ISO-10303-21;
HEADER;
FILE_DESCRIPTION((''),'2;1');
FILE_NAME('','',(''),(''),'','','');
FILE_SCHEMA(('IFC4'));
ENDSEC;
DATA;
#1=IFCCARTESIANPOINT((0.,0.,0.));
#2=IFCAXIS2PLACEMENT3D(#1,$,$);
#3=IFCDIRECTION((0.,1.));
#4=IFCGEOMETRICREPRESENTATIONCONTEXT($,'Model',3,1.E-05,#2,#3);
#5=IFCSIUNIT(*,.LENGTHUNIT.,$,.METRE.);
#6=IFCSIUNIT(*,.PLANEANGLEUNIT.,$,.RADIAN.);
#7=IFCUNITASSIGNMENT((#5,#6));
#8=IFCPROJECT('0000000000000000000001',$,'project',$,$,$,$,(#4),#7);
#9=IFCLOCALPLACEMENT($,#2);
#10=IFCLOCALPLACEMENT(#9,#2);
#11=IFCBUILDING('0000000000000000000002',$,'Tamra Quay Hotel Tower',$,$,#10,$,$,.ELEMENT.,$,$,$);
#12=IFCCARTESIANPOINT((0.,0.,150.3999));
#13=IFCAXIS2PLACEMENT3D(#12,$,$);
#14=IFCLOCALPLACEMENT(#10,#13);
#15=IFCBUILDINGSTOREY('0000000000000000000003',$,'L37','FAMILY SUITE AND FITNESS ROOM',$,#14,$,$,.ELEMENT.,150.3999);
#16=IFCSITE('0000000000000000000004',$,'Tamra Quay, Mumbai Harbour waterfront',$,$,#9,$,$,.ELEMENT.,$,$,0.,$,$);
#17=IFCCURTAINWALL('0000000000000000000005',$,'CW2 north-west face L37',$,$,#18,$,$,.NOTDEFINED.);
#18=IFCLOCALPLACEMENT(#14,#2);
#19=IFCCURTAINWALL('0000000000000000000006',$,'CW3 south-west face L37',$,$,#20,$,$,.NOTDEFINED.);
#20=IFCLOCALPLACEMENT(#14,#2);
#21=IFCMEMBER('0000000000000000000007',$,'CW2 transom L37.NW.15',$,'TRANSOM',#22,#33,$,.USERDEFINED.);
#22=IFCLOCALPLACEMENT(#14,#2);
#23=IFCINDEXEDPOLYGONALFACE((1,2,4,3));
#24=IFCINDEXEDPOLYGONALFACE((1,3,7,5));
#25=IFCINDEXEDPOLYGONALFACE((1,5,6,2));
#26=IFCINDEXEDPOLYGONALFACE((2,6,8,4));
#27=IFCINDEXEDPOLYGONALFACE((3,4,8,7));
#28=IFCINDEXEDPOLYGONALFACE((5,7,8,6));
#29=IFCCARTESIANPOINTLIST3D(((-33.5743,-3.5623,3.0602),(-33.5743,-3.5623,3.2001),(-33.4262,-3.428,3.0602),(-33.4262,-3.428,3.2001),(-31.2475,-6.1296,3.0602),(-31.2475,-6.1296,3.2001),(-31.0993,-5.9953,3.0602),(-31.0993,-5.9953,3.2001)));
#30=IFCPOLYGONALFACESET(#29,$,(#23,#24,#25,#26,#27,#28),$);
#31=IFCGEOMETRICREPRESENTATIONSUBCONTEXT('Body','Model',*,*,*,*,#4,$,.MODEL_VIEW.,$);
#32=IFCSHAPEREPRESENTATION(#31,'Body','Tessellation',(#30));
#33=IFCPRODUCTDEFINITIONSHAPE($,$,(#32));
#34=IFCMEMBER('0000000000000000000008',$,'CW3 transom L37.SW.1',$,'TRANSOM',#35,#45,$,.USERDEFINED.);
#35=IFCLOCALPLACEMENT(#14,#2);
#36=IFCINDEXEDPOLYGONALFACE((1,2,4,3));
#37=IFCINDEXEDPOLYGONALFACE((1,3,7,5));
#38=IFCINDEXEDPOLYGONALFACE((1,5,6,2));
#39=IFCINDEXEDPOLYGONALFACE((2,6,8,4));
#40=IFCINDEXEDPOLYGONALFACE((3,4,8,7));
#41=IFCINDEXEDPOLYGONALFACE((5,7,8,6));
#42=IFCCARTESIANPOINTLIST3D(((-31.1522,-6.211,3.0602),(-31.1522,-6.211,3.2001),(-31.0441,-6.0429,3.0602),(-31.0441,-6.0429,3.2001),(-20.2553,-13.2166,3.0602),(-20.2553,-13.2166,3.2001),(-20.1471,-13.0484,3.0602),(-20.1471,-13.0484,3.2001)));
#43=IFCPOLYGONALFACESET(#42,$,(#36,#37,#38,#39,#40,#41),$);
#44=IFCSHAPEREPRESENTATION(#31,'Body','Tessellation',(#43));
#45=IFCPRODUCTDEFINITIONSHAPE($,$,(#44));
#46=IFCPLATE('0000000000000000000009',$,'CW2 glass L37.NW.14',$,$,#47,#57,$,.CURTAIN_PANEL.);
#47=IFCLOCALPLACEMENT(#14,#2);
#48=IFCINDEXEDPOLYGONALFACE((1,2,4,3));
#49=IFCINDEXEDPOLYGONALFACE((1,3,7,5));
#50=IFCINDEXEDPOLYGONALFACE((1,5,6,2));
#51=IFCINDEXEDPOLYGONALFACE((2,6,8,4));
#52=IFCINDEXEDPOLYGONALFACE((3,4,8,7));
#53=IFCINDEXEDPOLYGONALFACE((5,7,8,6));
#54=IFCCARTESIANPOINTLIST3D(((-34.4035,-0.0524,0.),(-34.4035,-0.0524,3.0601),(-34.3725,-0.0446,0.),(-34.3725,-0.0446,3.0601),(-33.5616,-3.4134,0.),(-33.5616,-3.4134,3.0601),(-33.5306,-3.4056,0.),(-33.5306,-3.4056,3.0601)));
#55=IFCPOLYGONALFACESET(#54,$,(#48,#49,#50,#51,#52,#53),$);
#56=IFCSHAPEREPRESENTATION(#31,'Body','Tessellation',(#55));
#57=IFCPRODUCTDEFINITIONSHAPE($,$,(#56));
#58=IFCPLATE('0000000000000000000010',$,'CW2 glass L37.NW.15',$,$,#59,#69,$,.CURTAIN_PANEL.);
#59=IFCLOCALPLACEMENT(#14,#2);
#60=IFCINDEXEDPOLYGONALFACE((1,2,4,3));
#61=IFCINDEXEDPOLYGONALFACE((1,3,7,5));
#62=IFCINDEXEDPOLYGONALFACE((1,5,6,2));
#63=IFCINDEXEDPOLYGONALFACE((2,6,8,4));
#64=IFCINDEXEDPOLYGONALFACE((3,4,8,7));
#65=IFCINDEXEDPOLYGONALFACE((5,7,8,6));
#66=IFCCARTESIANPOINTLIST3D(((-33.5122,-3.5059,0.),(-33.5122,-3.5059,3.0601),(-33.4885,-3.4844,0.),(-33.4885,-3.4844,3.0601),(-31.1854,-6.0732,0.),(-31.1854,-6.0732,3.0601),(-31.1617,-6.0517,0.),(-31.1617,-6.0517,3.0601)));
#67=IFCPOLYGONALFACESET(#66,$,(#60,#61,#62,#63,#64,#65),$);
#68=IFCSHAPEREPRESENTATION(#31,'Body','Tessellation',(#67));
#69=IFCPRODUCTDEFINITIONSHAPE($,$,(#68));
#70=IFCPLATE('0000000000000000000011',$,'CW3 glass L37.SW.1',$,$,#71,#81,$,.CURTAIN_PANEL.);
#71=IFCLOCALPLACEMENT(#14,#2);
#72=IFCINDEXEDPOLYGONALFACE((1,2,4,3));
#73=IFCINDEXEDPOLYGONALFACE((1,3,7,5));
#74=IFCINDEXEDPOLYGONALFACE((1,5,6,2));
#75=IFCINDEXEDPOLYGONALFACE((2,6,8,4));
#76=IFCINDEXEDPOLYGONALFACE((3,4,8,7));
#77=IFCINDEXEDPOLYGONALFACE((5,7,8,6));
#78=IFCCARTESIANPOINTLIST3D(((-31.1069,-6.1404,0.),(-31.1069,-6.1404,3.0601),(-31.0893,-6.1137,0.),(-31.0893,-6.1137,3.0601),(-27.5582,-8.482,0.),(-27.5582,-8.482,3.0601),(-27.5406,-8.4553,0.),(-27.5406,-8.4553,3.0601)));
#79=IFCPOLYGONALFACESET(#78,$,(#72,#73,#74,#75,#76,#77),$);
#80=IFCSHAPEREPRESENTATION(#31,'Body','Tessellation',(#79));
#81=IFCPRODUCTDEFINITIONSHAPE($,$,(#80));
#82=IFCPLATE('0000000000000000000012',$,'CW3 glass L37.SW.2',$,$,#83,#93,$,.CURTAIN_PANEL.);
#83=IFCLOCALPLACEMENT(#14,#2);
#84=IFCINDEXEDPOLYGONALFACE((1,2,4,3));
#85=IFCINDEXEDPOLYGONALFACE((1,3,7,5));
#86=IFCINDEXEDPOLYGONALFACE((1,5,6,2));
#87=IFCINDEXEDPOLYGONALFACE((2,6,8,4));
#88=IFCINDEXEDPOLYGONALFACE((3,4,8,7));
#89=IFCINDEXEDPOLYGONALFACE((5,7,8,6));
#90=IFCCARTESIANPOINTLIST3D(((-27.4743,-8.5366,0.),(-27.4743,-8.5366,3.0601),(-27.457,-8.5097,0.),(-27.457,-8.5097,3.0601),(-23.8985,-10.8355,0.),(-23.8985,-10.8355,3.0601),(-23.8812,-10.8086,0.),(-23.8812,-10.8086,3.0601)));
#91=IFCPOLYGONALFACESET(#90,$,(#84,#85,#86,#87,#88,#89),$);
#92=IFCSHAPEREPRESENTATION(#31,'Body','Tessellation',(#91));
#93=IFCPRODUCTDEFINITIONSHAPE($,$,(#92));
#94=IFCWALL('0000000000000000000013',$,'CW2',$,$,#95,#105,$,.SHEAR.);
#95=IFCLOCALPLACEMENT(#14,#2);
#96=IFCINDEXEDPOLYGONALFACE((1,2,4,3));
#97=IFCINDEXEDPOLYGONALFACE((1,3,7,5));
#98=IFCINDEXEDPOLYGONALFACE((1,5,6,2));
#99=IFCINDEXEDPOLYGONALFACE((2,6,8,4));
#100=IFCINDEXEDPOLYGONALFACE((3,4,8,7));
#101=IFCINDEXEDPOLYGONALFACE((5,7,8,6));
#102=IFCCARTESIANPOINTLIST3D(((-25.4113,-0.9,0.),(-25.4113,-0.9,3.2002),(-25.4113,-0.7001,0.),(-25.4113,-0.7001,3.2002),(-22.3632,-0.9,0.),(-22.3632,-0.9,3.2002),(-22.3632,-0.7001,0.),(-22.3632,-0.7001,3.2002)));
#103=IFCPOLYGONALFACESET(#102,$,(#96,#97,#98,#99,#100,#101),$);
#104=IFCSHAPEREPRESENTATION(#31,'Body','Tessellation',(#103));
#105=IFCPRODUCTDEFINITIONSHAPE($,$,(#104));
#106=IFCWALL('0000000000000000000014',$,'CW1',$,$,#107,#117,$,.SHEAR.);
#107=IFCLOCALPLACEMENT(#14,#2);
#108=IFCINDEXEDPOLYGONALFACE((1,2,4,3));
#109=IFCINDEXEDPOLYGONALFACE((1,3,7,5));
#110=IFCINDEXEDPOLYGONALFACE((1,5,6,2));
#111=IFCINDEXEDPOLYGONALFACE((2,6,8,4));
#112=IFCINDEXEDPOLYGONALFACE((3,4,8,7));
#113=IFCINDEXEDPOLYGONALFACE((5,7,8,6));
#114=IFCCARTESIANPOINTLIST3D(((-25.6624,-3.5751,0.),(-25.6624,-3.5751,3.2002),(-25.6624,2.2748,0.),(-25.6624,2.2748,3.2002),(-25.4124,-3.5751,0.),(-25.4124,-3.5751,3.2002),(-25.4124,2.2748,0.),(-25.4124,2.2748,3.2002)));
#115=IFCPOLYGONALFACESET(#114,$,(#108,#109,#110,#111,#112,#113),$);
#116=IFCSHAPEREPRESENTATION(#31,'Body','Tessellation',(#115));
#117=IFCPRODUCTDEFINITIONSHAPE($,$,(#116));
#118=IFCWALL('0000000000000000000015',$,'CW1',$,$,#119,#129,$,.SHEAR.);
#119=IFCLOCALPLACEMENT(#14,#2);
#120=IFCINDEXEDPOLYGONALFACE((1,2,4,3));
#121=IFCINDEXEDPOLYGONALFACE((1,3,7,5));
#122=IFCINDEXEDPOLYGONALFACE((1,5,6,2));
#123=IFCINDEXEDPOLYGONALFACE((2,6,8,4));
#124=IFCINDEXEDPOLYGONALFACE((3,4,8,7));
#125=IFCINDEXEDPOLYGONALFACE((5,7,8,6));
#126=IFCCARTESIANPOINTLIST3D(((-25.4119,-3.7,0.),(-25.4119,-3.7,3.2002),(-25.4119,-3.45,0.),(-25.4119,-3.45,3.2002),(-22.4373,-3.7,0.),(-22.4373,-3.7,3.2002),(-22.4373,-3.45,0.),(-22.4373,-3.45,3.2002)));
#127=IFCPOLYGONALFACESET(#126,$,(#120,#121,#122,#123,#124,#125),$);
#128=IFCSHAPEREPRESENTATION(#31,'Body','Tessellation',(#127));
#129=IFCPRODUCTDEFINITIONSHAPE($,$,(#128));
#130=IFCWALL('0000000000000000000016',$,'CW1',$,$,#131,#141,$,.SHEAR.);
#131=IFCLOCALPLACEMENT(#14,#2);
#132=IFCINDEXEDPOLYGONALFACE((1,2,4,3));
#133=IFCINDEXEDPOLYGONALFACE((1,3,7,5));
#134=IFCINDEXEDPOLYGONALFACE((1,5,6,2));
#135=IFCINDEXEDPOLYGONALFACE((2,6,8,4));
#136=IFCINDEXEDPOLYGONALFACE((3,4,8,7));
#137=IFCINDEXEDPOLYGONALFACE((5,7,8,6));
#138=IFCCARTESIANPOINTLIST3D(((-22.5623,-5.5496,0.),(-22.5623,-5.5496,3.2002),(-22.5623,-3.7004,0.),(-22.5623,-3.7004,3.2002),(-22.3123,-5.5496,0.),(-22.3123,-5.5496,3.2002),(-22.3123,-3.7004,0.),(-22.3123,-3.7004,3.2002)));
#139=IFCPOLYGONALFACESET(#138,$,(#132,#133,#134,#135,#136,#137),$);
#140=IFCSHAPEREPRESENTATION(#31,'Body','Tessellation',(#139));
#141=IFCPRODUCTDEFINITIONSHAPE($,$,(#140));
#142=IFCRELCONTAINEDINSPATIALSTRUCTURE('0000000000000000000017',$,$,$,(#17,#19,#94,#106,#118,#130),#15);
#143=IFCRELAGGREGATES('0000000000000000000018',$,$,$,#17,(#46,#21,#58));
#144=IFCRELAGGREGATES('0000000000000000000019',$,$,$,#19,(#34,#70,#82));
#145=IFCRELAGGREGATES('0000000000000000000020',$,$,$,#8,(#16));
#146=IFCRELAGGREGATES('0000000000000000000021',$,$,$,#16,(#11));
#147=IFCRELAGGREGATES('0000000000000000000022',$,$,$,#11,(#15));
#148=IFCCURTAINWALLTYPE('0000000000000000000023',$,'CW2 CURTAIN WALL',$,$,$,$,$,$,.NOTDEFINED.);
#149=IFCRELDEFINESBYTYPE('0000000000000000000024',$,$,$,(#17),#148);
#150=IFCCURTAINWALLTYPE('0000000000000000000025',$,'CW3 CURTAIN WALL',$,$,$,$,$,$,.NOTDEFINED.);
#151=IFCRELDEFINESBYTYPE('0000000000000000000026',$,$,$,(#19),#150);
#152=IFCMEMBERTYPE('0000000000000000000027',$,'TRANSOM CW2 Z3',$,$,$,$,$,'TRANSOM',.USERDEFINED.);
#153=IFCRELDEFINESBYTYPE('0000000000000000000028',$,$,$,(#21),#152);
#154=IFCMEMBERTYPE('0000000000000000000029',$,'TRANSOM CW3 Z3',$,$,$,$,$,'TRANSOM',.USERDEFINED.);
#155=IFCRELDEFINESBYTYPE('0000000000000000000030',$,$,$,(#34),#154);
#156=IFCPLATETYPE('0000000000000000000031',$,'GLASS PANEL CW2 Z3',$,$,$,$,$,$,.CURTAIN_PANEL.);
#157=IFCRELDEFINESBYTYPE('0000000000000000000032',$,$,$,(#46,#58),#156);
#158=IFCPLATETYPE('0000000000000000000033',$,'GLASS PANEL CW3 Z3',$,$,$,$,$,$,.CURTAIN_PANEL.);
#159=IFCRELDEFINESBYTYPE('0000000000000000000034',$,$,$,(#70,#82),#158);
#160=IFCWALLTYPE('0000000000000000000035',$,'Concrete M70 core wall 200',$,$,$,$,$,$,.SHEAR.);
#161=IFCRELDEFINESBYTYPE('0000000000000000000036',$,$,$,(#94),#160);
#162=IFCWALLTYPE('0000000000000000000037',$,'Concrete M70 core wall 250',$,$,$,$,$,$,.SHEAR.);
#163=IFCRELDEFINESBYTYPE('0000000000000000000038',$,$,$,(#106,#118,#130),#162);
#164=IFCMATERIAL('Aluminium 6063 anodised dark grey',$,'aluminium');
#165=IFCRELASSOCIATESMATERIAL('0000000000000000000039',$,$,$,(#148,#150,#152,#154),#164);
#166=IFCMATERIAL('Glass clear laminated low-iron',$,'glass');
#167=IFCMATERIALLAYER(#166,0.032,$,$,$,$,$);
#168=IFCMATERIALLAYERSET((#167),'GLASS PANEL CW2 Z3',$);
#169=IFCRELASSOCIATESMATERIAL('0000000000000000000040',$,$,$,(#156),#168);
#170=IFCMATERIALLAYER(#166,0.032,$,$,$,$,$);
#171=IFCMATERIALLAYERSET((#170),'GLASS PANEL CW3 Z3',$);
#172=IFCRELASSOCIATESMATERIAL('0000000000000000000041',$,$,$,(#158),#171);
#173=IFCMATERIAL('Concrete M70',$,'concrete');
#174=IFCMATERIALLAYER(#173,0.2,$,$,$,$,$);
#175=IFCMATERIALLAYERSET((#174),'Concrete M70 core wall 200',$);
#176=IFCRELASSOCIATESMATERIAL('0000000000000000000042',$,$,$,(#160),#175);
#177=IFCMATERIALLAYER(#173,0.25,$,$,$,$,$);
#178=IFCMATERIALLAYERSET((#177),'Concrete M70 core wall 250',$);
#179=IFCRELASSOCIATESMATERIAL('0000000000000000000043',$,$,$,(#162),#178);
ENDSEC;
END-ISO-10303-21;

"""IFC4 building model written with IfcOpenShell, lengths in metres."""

from ifc_helpers import new_model, si_unit, direction, frame, frame_2d, origin, origin_2d, place, context, subcontext, project, spatial, rectangle, extrude, material, layer, layer_set, material_profile, profile_set, type_object, element, aggregate, save


model = new_model("IFC4")

# Units and contexts
model_context = context("Model", 3, precision=1e-05, world=origin(), true_north=direction((0.0, 1.0)))
body_context = subcontext(model_context, "Body", "Model", "MODEL_VIEW")
ifc_project = project(units=[si_unit("LENGTHUNIT", "METRE"), si_unit("PLANEANGLEUNIT", "RADIAN")], contexts=[model_context])

# Site, building, storey
site_placement = place(None, origin())
site = spatial("IfcSite", under=ifc_project, at=site_placement, Name="Tamra Quay, Mumbai Harbour waterfront", CompositionType="ELEMENT", RefElevation=0.0)
building_placement = place(site_placement, origin())
building = spatial("IfcBuilding", under=site, at=building_placement, Name="Tamra Quay Hotel Tower", CompositionType="ELEMENT")
storey_placement = place(building_placement, frame((0.0, 0.0, 150.3999)))
storey = spatial("IfcBuildingStorey", under=building, at=storey_placement, Name="L37", Description="FAMILY SUITE AND FITNESS ROOM", CompositionType="ELEMENT", Elevation=150.3999)

# Shared definitions
ifc_material_1 = material(Name="Concrete M70", Category="concrete")

# Curtain walls
ifc_material_2 = material(Name="Aluminium 6063 anodised dark grey", Category="aluminium")
curtain_wall_type_1 = type_object("IfcCurtainWallType", Name="CW2 CURTAIN WALL", PredefinedType="NOTDEFINED", material=ifc_material_2)
curtain_wall_1_placement = place(storey_placement, origin())
curtain_wall_1 = element("IfcCurtainWall", 1, at=curtain_wall_1_placement, inside=storey, type_object=curtain_wall_type_1, Name="CW2 north-west face L37", PredefinedType="NOTDEFINED")
curtain_wall_type_2 = type_object("IfcCurtainWallType", Name="CW3 CURTAIN WALL", PredefinedType="NOTDEFINED", material=ifc_material_2)
curtain_wall_2_placement = place(storey_placement, origin())
curtain_wall_2 = element("IfcCurtainWall", 2, at=curtain_wall_2_placement, inside=storey, type_object=curtain_wall_type_2, Name="CW3 south-west face L37", PredefinedType="NOTDEFINED")

# Members
ifc_material_profile_1 = material_profile(ifc_material_2, rectangle(XDim=0.2, YDim=0.1399, at=origin_2d()), Name="TRANSOM 200X140")
ifc_profile_set_1 = profile_set([ifc_material_profile_1], Name="Aluminium 6063 anodised dark grey")
member_type_1 = type_object("IfcMemberType", Name="TRANSOM CW2 Z3", ElementType="TRANSOM", PredefinedType="USERDEFINED", material=ifc_profile_set_1)
member_1_placement = place(storey_placement, frame((-33.5002, -3.4951, 3.1301), z_axis=(0.671553, -0.740956, 0.0), x_axis=(0.740956, 0.671553, 0.0)))
member_1 = element("IfcMember", 3, at=member_1_placement, type_object=member_type_1, Name="CW2 transom L37.NW.15", ObjectType="TRANSOM", PredefinedType="USERDEFINED", context=body_context, shape_type="SweptSolid", body=[
    extrude(rectangle(XDim=0.2, YDim=0.1399, at=origin_2d()), origin(), (0.0, 0.0, 1.0), 3.4648),
])
ifc_material_profile_2 = material_profile(ifc_material_2, rectangle(XDim=0.2, YDim=0.1399, at=origin_2d()), Name="TRANSOM 200X140")
ifc_profile_set_2 = profile_set([ifc_material_profile_2], Name="Aluminium 6063 anodised dark grey")
member_type_2 = type_object("IfcMemberType", Name="TRANSOM CW3 Z3", ElementType="TRANSOM", PredefinedType="USERDEFINED", material=ifc_profile_set_2)
member_2_placement = place(storey_placement, frame((-31.0981, -6.127, 3.1301), z_axis=(0.841164, -0.54078, 0.0), x_axis=(0.54078, 0.841164, 0.0)))
member_2 = element("IfcMember", 4, at=member_2_placement, type_object=member_type_2, Name="CW3 transom L37.SW.1", ObjectType="TRANSOM", PredefinedType="USERDEFINED", context=body_context, shape_type="SweptSolid", body=[
    extrude(rectangle(XDim=0.2, YDim=0.1399, at=origin_2d()), origin(), (0.0, 0.0, 1.0), 12.9546),
])

# Plates
ifc_material_3 = material(Name="Glass clear laminated low-iron", Category="glass")
ifc_layer_1 = layer(ifc_material_3, 0.032)
ifc_layer_set_1 = layer_set([ifc_layer_1], Name="GLASS PANEL CW2 Z3")
plate_type_1 = type_object("IfcPlateType", Name="GLASS PANEL CW2 Z3", PredefinedType="CURTAIN_PANEL", material=ifc_layer_set_1)
plate_1_placement = place(storey_placement, frame((-33.967, -1.729, 0.0), z_axis=(0.0, 0.0, 1.0), x_axis=(0.242976, -0.970032, 0.0)))
plate_1 = element("IfcPlate", 5, at=plate_1_placement, type_object=plate_type_1, Name="CW2 glass L37.NW.14", PredefinedType="CURTAIN_PANEL", context=body_context, shape_type="SweptSolid", body=[
    extrude(rectangle(XDim=3.4648, YDim=0.032, at=origin_2d()), origin(), (0.0, 0.0, 1.0), 3.0601),
])
plate_2_placement = place(storey_placement, frame((-32.3369, -4.7788, 0.0), z_axis=(0.0, 0.0, 1.0), x_axis=(0.67155, -0.740959, 0.0)))
plate_2 = element("IfcPlate", 6, at=plate_2_placement, type_object=plate_type_1, Name="CW2 glass L37.NW.15", PredefinedType="CURTAIN_PANEL", context=body_context, shape_type="SweptSolid", body=[
    extrude(rectangle(XDim=3.4648, YDim=0.032, at=origin_2d()), origin(), (0.0, 0.0, 1.0), 3.0601),
])
aggregate(curtain_wall_1, [plate_1, member_1, plate_2])
ifc_layer_2 = layer(ifc_material_3, 0.032)
ifc_layer_set_2 = layer_set([ifc_layer_2], Name="GLASS PANEL CW3 Z3")
plate_type_2 = type_object("IfcPlateType", Name="GLASS PANEL CW3 Z3", PredefinedType="CURTAIN_PANEL", material=ifc_layer_set_2)
plate_3_placement = place(storey_placement, frame((-29.3237, -7.2979, 0.0), z_axis=(0.0, 0.0, 1.0), x_axis=(0.834663, -0.550761, 0.0)))
plate_3 = element("IfcPlate", 7, at=plate_3_placement, type_object=plate_type_2, Name="CW3 glass L37.SW.1", PredefinedType="CURTAIN_PANEL", context=body_context, shape_type="SweptSolid", body=[
    extrude(rectangle(XDim=4.2517, YDim=0.032, at=origin_2d()), origin(), (0.0, 0.0, 1.0), 3.0601),
])
plate_4_placement = place(storey_placement, frame((-25.6777, -9.6726, 0.0), z_axis=(0.0, 0.0, 1.0), x_axis=(0.841164, -0.54078, 0.0)))
plate_4 = element("IfcPlate", 8, at=plate_4_placement, type_object=plate_type_2, Name="CW3 glass L37.SW.2", PredefinedType="CURTAIN_PANEL", context=body_context, shape_type="SweptSolid", body=[
    extrude(rectangle(XDim=4.251, YDim=0.032, at=origin_2d()), origin(), (0.0, 0.0, 1.0), 3.0601),
])
aggregate(curtain_wall_2, [member_2, plate_3, plate_4])

# Walls
ifc_layer_3 = layer(ifc_material_1, 0.2)
ifc_layer_set_3 = layer_set([ifc_layer_3], Name="Concrete M70 core wall 200")
wall_type_1 = type_object("IfcWallType", Name="Concrete M70 core wall 200", PredefinedType="SHEAR", material=ifc_layer_set_3)
wall_1_placement = place(storey_placement, frame((-22.3633, -0.8, 0.0), z_axis=(0.0, 0.0, 1.0), x_axis=(-1.0, 0.0, 0.0)))
element("IfcWall", 9, at=wall_1_placement, inside=storey, type_object=wall_type_1, Name="CW2", PredefinedType="SHEAR", context=body_context, shape_type="SweptSolid", body=[
    extrude(rectangle(XDim=3.0481, YDim=0.2, at=frame_2d((1.5239, 0.0))), origin(), (0.0, 0.0, 1.0), 3.2002),
])
ifc_layer_4 = layer(ifc_material_1, 0.25)
ifc_layer_set_4 = layer_set([ifc_layer_4], Name="Concrete M70 core wall 250")
wall_type_2 = type_object("IfcWallType", Name="Concrete M70 core wall 250", PredefinedType="SHEAR", material=ifc_layer_set_4)
wall_2_placement = place(storey_placement, frame((-25.5374, -3.575, 0.0), z_axis=(0.0, 0.0, 1.0), x_axis=(0.0, 1.0, 0.0)))
element("IfcWall", 10, at=wall_2_placement, inside=storey, type_object=wall_type_2, Name="CW1", PredefinedType="SHEAR", context=body_context, shape_type="SweptSolid", body=[
    extrude(rectangle(XDim=5.8499, YDim=0.25, at=frame_2d((2.9248, 0.0))), origin(), (0.0, 0.0, 1.0), 3.2002),
])
wall_3_placement = place(storey_placement, frame((-22.4373, -3.575, 0.0), z_axis=(0.0, 0.0, 1.0), x_axis=(-1.0, 0.0, 0.0)))
element("IfcWall", 11, at=wall_3_placement, inside=storey, type_object=wall_type_2, Name="CW1", PredefinedType="SHEAR", context=body_context, shape_type="SweptSolid", body=[
    extrude(rectangle(XDim=2.9746, YDim=0.25, at=frame_2d((1.4873, 0.0))), origin(), (0.0, 0.0, 1.0), 3.2002),
])
wall_4_placement = place(storey_placement, frame((-22.4373, -5.5496, 0.0), z_axis=(0.0, 0.0, 1.0), x_axis=(0.0, 1.0, 0.0)))
element("IfcWall", 12, at=wall_4_placement, inside=storey, type_object=wall_type_2, Name="CW1", PredefinedType="SHEAR", context=body_context, shape_type="SweptSolid", body=[
    extrude(rectangle(XDim=1.8491, YDim=0.25, at=frame_2d((0.9246, 0.0))), origin(), (0.0, 0.0, 1.0), 3.2002),
])

save(model, "model.ifc")
